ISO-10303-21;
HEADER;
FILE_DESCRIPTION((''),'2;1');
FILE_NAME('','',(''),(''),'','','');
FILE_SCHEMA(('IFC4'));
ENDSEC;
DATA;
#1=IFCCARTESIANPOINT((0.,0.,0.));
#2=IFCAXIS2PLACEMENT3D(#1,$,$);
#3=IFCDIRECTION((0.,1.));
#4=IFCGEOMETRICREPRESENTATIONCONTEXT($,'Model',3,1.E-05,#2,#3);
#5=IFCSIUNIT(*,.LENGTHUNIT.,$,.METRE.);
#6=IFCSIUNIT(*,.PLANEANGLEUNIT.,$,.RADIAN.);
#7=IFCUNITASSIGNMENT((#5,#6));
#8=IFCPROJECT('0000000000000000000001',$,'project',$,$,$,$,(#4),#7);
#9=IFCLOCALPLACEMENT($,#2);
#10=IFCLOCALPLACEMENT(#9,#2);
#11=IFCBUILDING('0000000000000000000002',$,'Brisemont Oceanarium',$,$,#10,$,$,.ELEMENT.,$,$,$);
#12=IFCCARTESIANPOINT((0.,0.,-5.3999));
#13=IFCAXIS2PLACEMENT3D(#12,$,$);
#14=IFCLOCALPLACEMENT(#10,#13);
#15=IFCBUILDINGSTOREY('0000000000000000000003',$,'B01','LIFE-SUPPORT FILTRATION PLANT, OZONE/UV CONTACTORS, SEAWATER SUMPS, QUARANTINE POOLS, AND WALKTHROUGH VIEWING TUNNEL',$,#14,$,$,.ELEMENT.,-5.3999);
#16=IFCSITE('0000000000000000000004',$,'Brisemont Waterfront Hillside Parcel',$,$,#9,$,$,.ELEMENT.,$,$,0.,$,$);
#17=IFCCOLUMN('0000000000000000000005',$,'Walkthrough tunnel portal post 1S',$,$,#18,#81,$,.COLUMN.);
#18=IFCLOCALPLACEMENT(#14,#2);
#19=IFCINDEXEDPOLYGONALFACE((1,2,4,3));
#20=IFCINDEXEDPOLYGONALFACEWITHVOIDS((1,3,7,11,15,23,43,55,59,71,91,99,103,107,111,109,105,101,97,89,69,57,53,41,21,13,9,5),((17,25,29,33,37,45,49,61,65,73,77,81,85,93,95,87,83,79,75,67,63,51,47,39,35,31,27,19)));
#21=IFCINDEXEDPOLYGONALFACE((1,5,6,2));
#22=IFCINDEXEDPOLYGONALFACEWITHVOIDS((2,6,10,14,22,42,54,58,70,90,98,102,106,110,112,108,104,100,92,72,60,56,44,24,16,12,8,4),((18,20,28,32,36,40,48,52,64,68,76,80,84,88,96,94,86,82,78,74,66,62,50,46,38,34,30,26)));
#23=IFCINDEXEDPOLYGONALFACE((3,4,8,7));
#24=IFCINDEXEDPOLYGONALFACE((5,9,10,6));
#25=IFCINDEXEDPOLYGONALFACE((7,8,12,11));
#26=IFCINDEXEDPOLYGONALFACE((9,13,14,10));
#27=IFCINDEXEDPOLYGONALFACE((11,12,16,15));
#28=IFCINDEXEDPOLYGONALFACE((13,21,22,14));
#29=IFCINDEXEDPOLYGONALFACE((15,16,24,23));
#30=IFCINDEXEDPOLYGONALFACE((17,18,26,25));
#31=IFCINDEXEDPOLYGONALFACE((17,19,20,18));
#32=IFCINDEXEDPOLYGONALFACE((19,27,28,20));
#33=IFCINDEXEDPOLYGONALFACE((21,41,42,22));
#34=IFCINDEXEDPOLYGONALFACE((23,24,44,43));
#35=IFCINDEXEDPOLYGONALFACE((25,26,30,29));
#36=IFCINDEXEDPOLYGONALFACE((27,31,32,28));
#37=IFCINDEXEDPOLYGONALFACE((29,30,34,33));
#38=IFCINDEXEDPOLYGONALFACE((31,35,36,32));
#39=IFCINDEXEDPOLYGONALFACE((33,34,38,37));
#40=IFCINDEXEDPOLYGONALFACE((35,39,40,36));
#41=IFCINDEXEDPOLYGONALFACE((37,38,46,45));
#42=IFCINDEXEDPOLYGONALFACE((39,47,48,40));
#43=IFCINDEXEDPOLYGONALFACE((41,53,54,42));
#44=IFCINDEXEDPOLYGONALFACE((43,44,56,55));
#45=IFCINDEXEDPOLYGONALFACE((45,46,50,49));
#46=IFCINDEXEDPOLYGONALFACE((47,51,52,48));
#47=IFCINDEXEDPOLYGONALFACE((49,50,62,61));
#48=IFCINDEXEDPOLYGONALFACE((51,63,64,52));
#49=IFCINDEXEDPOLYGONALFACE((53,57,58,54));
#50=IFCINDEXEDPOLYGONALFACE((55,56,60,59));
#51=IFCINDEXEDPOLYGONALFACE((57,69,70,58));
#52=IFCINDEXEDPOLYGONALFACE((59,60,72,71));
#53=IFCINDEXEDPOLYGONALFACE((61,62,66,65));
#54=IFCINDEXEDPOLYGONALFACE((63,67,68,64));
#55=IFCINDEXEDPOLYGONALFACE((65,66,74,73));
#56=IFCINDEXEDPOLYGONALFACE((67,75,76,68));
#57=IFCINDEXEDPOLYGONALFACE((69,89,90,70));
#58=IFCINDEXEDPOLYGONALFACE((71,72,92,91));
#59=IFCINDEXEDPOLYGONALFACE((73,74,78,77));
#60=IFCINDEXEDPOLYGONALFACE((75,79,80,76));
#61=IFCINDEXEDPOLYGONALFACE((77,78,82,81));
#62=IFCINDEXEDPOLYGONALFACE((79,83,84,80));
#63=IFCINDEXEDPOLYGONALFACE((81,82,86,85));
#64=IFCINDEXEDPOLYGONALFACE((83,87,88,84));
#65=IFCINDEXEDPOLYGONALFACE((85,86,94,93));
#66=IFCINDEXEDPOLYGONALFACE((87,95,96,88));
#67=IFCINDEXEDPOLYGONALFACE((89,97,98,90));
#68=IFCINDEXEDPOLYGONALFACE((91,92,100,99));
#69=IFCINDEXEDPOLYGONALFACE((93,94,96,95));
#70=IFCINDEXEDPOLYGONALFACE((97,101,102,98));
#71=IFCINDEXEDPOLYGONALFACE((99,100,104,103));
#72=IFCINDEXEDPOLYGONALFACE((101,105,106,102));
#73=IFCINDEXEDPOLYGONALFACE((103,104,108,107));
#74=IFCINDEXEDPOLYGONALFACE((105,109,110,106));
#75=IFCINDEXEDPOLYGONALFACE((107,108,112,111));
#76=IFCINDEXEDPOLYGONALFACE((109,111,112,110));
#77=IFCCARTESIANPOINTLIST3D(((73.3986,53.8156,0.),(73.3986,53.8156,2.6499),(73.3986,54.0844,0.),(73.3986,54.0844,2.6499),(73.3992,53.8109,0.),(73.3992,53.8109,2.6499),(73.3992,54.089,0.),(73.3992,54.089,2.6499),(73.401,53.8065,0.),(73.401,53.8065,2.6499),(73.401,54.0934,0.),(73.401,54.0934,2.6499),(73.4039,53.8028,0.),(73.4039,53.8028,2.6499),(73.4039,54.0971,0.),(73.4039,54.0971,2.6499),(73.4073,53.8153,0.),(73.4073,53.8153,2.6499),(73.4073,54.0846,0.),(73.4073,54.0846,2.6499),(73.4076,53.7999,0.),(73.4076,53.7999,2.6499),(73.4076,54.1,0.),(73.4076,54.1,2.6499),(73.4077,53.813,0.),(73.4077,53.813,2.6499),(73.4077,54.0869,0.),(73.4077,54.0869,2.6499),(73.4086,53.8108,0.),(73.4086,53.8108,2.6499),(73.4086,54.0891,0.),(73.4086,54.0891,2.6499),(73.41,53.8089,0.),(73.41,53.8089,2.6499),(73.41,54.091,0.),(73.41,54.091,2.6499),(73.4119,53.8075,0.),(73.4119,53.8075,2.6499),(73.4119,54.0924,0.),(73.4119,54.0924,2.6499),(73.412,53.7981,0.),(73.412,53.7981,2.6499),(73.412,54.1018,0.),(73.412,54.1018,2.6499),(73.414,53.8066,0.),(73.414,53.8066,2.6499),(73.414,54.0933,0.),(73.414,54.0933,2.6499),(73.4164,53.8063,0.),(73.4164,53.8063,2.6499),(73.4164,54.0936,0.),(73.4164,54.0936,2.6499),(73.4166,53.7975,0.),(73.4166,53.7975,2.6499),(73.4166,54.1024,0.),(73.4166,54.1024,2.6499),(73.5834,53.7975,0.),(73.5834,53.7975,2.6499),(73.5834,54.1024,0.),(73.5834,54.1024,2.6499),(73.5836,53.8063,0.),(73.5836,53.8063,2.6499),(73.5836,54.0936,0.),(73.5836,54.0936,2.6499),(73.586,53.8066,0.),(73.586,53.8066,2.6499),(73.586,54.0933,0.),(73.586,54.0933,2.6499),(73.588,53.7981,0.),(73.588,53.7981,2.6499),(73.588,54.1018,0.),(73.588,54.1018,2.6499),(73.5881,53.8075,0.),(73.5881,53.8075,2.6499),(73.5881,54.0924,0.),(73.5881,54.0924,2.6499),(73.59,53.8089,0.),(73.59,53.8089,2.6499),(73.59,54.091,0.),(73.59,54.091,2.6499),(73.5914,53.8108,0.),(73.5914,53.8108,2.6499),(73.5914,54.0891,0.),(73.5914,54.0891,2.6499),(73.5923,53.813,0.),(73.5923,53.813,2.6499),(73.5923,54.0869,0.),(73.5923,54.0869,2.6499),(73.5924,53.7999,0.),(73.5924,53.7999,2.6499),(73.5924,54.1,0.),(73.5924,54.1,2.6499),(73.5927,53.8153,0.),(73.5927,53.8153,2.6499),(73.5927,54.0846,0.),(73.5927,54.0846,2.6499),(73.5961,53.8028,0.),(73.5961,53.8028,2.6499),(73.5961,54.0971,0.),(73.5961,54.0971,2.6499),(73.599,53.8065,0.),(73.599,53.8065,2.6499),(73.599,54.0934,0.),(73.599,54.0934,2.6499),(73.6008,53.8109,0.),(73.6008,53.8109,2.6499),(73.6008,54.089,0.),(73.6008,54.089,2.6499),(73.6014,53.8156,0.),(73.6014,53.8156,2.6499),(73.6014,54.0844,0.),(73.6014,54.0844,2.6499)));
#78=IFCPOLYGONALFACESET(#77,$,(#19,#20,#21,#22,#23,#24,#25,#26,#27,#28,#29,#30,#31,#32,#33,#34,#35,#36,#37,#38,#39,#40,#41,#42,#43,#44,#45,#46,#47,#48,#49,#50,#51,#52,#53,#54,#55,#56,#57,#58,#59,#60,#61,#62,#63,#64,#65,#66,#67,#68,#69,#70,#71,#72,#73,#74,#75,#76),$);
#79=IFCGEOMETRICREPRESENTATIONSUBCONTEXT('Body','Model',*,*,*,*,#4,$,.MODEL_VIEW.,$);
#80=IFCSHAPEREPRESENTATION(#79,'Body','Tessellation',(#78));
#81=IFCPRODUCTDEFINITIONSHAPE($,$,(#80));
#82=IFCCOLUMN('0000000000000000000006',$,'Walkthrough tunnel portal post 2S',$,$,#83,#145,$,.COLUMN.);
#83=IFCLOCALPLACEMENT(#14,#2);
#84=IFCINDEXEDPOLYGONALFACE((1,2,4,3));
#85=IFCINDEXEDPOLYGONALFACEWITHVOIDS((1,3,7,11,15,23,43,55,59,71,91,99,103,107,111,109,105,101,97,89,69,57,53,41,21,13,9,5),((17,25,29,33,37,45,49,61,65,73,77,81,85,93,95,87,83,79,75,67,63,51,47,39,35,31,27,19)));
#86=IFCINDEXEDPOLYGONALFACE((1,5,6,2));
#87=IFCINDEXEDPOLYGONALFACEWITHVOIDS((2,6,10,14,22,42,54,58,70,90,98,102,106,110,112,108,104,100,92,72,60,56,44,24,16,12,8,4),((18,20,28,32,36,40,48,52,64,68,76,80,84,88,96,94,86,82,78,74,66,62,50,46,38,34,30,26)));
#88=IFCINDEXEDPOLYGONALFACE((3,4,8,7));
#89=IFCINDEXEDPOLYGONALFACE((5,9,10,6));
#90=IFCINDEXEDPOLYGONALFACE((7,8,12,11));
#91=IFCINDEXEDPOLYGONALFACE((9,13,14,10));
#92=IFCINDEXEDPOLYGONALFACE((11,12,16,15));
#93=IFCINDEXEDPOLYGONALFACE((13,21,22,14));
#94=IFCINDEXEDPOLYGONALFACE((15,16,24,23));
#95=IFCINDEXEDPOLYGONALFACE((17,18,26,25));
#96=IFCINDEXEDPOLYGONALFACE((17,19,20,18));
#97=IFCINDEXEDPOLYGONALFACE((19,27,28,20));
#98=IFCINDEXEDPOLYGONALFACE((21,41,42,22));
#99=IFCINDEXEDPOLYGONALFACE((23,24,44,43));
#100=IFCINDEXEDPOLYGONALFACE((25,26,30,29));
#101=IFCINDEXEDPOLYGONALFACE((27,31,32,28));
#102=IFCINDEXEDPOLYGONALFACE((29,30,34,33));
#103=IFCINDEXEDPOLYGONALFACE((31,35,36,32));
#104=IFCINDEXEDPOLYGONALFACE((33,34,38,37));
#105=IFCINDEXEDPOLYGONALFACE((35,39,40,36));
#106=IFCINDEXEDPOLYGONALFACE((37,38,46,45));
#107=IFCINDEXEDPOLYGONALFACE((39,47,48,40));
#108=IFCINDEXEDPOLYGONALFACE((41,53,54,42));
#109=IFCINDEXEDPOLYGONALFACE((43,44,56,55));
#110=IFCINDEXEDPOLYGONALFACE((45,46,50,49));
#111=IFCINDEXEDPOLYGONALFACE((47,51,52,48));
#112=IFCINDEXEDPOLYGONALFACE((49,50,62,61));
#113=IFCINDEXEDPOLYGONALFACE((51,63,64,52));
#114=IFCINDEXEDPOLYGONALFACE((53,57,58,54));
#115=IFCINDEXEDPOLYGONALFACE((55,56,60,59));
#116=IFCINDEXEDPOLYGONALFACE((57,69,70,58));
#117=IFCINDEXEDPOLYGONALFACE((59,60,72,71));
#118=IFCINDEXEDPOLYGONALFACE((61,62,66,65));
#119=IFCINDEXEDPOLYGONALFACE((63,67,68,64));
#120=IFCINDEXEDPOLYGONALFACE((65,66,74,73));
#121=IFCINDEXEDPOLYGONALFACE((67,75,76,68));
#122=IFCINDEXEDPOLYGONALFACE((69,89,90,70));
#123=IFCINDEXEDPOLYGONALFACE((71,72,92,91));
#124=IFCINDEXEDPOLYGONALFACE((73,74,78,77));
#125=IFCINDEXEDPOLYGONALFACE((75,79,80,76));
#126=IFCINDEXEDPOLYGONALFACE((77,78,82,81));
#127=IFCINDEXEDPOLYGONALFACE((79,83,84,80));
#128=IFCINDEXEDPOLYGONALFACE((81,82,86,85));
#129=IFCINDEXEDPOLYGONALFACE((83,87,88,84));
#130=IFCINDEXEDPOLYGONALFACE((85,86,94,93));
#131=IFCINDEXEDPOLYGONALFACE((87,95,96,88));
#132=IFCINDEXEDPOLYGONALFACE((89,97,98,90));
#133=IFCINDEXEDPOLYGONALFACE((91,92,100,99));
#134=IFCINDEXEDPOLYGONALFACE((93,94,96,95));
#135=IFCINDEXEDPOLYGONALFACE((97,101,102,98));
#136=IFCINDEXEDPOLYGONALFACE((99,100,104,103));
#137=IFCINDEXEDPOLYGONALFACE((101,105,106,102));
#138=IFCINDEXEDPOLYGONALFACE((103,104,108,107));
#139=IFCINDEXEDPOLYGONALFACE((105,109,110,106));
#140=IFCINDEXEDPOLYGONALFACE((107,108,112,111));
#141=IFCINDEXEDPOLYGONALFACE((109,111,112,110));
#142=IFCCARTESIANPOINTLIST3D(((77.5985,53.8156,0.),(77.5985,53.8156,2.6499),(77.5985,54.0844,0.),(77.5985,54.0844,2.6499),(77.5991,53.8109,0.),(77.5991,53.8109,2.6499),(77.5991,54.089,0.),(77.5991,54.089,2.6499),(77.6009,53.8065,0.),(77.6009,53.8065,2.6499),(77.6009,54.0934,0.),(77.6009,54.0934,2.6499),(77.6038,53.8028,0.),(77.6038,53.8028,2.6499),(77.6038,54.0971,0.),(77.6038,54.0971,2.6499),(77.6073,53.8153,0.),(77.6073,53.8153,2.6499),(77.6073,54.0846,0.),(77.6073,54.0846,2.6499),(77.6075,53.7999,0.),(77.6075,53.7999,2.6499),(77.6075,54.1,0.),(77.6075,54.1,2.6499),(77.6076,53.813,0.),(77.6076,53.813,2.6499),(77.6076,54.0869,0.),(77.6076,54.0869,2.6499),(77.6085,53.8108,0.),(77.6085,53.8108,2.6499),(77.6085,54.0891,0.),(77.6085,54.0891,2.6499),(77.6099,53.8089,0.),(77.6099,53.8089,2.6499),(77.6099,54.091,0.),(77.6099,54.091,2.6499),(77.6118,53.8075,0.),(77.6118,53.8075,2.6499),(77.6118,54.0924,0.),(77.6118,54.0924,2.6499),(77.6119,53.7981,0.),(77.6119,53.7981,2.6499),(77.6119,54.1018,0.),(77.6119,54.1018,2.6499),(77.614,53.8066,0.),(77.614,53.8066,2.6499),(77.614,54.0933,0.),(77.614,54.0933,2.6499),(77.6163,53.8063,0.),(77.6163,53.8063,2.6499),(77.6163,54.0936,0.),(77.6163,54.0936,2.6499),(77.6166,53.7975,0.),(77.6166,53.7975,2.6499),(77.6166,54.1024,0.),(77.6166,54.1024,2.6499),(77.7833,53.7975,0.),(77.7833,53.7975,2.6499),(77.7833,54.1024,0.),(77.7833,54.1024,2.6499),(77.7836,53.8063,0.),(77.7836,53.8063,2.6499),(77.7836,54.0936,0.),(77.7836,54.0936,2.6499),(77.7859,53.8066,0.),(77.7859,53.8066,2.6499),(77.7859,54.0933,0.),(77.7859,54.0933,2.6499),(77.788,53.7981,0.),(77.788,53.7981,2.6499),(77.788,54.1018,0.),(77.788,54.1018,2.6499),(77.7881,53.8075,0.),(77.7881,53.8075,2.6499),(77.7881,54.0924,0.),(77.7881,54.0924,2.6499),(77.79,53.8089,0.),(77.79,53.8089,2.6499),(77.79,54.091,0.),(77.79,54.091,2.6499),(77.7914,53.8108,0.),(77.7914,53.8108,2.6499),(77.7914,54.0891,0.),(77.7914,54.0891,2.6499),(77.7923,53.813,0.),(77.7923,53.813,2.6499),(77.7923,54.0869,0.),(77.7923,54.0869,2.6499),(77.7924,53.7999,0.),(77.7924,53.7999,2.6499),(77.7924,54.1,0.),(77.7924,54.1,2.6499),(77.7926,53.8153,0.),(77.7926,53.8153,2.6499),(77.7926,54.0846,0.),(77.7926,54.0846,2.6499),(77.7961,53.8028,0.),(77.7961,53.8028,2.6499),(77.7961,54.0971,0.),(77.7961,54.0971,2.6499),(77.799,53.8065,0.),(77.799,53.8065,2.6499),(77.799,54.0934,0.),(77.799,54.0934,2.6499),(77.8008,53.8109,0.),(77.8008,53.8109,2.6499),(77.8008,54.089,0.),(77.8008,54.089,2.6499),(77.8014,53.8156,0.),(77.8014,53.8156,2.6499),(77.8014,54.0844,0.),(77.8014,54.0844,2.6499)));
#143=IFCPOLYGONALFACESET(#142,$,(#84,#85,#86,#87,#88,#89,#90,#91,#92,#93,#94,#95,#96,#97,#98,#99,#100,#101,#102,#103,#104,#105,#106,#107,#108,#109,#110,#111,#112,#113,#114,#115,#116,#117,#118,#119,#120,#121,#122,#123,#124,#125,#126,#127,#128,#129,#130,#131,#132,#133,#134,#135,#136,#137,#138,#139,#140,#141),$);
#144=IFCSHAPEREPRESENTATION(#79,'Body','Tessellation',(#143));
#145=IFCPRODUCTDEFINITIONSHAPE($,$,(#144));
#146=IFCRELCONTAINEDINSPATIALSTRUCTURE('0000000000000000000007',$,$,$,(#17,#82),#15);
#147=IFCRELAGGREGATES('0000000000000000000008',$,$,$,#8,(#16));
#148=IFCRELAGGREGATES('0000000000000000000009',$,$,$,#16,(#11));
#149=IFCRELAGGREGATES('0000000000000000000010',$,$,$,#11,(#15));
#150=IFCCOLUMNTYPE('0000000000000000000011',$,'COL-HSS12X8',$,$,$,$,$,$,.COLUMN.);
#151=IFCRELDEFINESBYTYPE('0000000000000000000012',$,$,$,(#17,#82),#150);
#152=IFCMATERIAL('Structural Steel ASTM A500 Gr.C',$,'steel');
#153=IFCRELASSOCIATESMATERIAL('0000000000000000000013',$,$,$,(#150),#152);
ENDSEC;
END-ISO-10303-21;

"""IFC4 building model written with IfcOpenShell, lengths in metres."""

from ifc_helpers import new_model, si_unit, direction, frame, origin, origin_2d, place, context, subcontext, project, spatial, hollow_rectangle, extrude, material, material_profile, profile_set, type_object, element, save


model = new_model("IFC4")

# Units and contexts
model_context = context("Model", 3, precision=1e-05, world=origin(), true_north=direction((0.0, 1.0)))
body_context = subcontext(model_context, "Body", "Model", "MODEL_VIEW")
ifc_project = project(units=[si_unit("LENGTHUNIT", "METRE"), si_unit("PLANEANGLEUNIT", "RADIAN")], contexts=[model_context])

# Site, building, storey
site_placement = place(None, origin())
site = spatial("IfcSite", under=ifc_project, at=site_placement, Name="Brisemont Waterfront Hillside Parcel", CompositionType="ELEMENT", RefElevation=0.0)
building_placement = place(site_placement, origin())
building = spatial("IfcBuilding", under=site, at=building_placement, Name="Brisemont Oceanarium", CompositionType="ELEMENT")
storey_placement = place(building_placement, frame((0.0, 0.0, -5.3999)))
storey = spatial("IfcBuildingStorey", under=building, at=storey_placement, Name="B01", Description="LIFE-SUPPORT FILTRATION PLANT, OZONE/UV CONTACTORS, SEAWATER SUMPS, QUARANTINE POOLS, AND WALKTHROUGH VIEWING TUNNEL", CompositionType="ELEMENT", Elevation=-5.3999)

# Columns
ifc_material_1 = material(Name="Structural Steel ASTM A500 Gr.C", Category="steel")
ifc_material_profile_1 = material_profile(ifc_material_1, hollow_rectangle(XDim=0.2029, YDim=0.3049, WallThickness=0.0088, InnerFilletRadius=0.009, OuterFilletRadius=0.0181, at=origin_2d()), Name="HSS12X8X3/8")
ifc_profile_set_1 = profile_set([ifc_material_profile_1], Name="Structural Steel ASTM A500 Gr.C")
column_type_1 = type_object("IfcColumnType", Name="COL-HSS12X8", PredefinedType="COLUMN", material=ifc_profile_set_1)
for number, where, z_axis, x_axis, name in (
    (1, (73.5, 53.95, 0.0), (0.0, 0.0, 1.0), (1.0, 0.0, 0.0), "Walkthrough tunnel portal post 1S"),
    (2, (77.7, 53.95, 0.0), (0.0, 0.0, 1.0), (1.0, 0.0, 0.0), "Walkthrough tunnel portal post 2S"),
):
    element("IfcColumn", number, at=place(storey_placement, frame(where, z_axis=z_axis, x_axis=x_axis)), inside=storey, type_object=column_type_1, Name=name, PredefinedType="COLUMN", context=body_context, shape_type="SweptSolid", body=[
        extrude(hollow_rectangle(XDim=0.2029, YDim=0.3049, WallThickness=0.0088, InnerFilletRadius=0.009, OuterFilletRadius=0.0181, at=origin_2d()), origin(), (0.0, 0.0, 1.0), 2.6499),
    ])

save(model, "model.ifc")
